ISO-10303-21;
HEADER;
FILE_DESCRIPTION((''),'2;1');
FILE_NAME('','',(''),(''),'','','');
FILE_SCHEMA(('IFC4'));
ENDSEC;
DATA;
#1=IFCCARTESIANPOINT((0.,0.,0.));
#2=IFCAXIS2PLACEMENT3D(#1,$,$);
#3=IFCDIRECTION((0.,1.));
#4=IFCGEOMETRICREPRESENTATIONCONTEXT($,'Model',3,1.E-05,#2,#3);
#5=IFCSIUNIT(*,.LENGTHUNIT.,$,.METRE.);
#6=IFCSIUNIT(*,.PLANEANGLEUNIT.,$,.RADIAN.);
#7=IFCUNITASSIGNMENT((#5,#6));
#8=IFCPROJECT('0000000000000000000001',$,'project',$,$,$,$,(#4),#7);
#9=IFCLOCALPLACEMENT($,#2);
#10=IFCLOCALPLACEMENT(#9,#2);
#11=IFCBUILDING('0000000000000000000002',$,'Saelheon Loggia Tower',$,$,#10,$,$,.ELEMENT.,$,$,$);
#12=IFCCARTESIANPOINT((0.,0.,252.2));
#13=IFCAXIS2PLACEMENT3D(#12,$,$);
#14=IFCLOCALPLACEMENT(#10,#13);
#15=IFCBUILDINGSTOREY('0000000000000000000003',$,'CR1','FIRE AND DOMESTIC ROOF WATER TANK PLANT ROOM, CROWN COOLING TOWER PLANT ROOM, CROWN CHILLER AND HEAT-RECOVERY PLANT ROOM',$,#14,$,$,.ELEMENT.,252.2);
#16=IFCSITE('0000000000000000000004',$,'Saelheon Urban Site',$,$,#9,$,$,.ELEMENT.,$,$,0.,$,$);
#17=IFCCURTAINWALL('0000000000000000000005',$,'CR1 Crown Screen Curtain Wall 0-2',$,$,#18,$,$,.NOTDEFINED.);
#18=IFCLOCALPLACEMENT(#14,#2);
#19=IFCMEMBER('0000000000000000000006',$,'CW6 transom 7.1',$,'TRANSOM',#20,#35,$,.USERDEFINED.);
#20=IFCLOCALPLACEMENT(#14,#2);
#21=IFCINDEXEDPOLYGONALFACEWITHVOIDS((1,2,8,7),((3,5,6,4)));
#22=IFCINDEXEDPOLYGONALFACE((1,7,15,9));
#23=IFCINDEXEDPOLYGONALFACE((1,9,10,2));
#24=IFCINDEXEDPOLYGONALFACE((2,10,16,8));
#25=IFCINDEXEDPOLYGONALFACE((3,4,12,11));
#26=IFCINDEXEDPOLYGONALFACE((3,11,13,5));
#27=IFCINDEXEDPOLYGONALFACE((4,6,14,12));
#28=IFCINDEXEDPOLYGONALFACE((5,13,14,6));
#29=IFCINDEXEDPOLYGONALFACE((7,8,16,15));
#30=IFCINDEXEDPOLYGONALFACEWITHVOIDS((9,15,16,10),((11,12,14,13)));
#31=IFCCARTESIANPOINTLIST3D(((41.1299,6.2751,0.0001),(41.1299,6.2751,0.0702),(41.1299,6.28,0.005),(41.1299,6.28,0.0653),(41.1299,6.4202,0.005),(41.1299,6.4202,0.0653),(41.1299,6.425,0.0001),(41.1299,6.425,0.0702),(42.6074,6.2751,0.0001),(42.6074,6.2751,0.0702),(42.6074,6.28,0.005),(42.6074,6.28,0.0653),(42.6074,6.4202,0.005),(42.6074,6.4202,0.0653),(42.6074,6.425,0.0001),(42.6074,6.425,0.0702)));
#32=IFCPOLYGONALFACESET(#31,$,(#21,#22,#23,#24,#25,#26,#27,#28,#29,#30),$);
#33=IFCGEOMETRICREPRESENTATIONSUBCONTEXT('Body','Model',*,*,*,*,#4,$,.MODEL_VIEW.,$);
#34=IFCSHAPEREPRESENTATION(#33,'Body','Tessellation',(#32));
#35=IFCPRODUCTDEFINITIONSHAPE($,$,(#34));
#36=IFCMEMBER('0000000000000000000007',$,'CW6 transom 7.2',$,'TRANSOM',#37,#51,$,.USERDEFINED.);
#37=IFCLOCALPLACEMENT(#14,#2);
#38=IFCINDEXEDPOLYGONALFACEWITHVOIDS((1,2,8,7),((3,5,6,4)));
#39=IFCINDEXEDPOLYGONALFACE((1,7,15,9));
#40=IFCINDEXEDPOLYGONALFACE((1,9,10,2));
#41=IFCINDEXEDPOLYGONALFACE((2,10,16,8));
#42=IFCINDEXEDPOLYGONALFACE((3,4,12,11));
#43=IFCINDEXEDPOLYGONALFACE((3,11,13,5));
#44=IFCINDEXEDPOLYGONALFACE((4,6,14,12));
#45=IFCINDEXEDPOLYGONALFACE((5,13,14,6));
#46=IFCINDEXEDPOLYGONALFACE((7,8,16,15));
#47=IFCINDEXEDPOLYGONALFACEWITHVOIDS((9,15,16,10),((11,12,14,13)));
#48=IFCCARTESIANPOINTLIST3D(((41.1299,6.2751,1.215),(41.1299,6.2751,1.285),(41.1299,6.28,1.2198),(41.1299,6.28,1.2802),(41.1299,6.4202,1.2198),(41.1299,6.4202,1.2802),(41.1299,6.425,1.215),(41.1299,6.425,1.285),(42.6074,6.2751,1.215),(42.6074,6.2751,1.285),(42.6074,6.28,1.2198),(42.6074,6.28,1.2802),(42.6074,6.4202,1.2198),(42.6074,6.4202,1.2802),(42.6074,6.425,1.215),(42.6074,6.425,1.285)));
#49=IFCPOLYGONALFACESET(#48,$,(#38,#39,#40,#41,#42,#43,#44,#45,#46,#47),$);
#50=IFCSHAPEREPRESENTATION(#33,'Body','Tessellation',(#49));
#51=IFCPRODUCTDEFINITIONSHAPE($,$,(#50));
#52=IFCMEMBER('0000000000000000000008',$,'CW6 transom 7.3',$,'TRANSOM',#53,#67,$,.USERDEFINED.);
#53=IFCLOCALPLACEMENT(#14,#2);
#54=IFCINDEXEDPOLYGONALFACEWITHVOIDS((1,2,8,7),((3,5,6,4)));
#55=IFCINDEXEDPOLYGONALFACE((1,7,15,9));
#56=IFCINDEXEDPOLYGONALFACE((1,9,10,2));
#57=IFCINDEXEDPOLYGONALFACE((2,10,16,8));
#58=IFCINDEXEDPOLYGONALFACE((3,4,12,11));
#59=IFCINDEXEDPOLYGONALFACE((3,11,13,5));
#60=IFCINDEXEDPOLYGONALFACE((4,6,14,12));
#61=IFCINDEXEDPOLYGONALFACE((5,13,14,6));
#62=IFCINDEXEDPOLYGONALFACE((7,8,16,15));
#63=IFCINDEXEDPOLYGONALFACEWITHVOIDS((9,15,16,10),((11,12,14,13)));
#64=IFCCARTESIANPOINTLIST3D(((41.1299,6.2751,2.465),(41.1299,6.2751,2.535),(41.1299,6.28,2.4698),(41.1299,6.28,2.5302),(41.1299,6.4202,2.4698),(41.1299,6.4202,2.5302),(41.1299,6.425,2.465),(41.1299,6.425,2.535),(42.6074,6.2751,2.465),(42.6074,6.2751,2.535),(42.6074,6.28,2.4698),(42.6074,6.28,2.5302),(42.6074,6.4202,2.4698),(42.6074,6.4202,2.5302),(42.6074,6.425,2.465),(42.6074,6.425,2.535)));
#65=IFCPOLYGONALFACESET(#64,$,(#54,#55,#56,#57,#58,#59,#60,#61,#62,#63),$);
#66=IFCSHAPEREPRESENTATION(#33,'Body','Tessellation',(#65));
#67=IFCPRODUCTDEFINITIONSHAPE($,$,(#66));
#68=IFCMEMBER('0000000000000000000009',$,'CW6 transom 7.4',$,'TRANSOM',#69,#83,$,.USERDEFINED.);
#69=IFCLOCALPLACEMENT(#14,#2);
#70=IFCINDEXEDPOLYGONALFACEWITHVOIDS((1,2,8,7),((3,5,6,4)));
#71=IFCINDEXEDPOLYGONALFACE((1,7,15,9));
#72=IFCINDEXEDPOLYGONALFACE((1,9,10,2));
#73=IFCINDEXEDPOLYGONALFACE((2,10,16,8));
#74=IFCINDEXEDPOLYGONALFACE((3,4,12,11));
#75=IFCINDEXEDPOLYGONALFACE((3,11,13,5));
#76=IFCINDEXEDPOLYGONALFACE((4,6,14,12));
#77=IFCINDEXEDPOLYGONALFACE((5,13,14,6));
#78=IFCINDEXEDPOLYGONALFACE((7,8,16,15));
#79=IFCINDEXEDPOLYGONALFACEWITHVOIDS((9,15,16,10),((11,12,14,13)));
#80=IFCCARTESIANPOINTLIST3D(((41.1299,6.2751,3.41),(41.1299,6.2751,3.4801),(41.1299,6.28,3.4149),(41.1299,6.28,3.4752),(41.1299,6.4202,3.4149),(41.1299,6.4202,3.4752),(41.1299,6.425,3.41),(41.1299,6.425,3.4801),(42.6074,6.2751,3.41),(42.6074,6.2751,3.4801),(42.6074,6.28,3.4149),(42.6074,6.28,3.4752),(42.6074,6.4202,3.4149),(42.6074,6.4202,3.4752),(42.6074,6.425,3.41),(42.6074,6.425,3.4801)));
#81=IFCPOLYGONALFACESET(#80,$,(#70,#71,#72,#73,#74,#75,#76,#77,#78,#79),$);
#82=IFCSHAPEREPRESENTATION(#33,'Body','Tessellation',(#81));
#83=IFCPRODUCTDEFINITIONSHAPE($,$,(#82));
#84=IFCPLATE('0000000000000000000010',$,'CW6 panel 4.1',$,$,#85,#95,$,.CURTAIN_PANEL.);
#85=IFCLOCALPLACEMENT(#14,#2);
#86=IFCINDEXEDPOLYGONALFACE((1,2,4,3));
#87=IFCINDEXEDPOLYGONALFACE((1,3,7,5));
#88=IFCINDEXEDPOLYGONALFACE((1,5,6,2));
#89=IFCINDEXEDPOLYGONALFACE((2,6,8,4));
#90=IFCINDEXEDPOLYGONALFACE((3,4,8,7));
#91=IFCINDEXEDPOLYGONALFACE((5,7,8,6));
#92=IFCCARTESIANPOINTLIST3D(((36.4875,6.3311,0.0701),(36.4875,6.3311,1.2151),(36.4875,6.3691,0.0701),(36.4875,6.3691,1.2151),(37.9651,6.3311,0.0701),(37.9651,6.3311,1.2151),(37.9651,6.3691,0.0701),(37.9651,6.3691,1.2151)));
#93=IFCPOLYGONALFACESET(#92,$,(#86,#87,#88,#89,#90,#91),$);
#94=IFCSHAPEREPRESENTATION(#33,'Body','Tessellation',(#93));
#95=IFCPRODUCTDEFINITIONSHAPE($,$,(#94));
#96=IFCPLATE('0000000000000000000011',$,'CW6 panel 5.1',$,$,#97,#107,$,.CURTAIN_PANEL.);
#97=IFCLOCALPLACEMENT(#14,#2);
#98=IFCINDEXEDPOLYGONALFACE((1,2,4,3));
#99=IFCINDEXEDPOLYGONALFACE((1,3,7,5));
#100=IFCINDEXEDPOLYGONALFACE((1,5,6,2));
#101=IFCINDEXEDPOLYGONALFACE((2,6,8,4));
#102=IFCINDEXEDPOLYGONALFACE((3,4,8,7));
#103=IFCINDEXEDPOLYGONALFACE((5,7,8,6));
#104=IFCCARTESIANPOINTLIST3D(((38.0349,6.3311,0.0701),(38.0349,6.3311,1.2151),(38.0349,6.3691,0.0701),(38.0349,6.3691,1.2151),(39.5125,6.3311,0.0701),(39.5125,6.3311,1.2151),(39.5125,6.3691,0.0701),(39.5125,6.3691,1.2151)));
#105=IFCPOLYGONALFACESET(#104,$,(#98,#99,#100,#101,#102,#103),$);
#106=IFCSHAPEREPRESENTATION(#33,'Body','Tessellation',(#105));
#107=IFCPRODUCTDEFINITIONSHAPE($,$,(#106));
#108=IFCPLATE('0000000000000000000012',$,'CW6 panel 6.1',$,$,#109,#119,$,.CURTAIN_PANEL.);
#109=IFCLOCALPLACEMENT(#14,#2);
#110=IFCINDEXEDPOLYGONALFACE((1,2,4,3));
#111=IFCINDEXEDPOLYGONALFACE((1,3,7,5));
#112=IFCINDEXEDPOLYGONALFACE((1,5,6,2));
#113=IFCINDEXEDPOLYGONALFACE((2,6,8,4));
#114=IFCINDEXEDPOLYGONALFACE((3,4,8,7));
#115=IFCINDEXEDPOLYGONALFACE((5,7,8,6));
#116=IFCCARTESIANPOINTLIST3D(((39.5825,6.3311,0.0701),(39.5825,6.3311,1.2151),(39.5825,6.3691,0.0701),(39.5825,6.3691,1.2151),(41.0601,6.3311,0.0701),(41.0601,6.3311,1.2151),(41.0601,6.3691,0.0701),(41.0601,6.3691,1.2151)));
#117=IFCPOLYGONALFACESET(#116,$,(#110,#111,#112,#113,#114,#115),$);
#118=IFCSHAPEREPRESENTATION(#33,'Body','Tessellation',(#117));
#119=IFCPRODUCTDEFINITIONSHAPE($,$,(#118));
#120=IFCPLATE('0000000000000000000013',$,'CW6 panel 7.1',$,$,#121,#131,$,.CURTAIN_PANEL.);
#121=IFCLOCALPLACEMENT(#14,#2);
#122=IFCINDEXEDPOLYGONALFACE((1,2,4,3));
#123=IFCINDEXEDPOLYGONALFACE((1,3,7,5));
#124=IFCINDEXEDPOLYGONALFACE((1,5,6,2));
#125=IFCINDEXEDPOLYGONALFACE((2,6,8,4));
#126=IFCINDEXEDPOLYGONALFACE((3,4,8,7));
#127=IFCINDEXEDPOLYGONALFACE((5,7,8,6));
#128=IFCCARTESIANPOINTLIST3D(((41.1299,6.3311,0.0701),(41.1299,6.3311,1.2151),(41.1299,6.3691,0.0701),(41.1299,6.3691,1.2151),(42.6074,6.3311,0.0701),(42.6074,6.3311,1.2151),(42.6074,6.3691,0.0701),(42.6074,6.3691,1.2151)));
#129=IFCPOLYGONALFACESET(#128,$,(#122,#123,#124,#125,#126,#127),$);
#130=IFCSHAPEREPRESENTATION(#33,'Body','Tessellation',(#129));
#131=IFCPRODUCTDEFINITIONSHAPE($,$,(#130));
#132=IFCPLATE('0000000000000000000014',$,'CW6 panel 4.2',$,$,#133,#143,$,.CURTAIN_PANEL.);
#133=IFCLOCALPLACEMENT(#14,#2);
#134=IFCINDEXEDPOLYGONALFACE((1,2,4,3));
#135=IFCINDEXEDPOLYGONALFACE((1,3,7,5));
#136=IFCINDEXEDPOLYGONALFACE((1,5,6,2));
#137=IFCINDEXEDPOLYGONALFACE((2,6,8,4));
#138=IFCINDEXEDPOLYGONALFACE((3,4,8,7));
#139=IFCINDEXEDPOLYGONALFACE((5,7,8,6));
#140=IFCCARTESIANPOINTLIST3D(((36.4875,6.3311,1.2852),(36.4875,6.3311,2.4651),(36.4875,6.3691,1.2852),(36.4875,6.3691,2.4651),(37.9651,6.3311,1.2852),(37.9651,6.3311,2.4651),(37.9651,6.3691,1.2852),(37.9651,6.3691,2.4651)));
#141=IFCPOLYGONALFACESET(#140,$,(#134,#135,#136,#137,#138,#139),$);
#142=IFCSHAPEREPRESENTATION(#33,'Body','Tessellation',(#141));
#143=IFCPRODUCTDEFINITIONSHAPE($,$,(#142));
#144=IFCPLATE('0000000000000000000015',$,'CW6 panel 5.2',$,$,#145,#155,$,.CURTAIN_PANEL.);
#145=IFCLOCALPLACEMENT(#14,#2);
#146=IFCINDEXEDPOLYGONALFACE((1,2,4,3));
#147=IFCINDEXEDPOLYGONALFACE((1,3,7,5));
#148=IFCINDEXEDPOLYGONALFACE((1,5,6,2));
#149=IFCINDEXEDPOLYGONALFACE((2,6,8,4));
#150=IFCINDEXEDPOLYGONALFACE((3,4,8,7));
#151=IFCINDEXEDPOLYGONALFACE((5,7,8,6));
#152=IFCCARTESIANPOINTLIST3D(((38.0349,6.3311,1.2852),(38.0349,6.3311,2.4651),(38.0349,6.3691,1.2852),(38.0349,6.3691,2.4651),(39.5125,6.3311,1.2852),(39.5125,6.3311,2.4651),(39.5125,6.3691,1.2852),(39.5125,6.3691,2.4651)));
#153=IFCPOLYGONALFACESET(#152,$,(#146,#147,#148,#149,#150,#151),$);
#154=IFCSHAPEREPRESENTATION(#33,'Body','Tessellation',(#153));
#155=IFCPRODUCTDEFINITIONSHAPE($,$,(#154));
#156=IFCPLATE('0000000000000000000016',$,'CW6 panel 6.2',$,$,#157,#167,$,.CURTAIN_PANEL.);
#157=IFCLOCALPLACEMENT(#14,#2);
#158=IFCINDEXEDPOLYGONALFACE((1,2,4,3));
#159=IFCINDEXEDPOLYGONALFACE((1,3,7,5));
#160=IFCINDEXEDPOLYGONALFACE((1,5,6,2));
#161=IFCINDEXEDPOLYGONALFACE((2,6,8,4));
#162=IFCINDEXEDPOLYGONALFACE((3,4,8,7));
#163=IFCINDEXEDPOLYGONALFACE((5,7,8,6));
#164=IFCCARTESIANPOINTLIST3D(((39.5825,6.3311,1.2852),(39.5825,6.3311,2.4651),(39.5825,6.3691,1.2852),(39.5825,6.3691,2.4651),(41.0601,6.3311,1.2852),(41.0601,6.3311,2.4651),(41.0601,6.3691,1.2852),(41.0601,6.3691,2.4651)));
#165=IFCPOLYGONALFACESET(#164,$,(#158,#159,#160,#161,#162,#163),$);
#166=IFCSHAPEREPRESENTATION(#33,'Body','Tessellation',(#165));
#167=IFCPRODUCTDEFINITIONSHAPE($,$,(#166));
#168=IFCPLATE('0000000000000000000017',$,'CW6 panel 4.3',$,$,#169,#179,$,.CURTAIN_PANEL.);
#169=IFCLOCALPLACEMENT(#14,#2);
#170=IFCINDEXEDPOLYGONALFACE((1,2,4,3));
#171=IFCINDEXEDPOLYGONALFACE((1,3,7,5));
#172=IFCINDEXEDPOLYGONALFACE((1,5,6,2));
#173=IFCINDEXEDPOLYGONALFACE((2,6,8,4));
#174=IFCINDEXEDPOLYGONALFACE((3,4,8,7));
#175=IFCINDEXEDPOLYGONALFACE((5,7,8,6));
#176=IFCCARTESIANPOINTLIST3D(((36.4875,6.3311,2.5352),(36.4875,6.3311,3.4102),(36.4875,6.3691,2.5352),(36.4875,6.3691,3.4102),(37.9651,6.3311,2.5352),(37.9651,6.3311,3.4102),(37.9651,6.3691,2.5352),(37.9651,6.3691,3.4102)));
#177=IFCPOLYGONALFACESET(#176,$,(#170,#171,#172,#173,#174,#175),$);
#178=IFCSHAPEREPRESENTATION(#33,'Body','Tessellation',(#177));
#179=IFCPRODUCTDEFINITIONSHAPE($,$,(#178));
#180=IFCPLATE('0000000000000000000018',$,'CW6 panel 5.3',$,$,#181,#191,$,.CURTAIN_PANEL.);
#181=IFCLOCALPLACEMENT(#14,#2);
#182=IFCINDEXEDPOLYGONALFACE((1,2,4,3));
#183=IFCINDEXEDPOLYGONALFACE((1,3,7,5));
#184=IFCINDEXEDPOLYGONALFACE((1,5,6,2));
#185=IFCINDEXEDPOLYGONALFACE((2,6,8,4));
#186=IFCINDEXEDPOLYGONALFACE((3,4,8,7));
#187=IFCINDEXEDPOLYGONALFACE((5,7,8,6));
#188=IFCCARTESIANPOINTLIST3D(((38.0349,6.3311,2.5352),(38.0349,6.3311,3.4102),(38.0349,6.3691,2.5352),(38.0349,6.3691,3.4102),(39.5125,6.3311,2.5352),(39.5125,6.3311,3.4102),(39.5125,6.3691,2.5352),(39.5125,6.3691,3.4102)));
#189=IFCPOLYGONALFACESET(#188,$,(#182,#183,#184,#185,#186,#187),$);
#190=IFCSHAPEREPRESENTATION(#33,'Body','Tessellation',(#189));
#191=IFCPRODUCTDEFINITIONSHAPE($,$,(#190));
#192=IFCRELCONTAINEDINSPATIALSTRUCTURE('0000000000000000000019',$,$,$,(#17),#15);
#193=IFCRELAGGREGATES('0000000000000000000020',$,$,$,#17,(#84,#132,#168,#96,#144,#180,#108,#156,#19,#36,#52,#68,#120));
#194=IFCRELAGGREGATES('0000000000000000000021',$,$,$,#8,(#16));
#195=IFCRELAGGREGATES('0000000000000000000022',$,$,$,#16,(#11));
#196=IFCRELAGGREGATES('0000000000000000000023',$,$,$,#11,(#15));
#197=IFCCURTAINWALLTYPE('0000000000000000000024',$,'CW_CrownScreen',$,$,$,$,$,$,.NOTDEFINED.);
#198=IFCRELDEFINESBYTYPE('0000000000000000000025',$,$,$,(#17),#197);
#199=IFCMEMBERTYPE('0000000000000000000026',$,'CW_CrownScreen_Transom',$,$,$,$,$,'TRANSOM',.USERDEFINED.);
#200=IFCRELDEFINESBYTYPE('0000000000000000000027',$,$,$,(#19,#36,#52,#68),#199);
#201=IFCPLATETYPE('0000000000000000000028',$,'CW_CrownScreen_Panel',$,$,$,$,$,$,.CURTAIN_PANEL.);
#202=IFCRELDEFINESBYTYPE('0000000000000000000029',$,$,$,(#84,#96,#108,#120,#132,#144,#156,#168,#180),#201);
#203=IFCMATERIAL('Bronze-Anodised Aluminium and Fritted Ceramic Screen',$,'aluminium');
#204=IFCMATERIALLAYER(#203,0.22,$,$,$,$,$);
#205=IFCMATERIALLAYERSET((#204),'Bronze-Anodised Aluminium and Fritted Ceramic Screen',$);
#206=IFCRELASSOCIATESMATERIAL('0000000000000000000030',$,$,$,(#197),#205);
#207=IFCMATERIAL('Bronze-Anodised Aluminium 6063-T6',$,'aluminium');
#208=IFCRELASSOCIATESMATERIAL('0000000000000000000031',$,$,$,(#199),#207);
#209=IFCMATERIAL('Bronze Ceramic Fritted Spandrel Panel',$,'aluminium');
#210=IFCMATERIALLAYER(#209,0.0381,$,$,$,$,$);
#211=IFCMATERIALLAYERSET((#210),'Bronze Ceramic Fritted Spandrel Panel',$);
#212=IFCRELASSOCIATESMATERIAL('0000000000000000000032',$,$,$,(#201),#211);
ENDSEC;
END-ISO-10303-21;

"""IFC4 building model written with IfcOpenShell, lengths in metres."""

from ifc_helpers import new_model, si_unit, direction, frame, origin, origin_2d, place, context, subcontext, project, spatial, rectangle, hollow_rectangle, extrude, source, transform, mapped, material, layer, layer_set, material_profile, profile_set, type_object, element, aggregate, save


model = new_model("IFC4")

# Units and contexts
model_context = context("Model", 3, precision=1e-05, world=origin(), true_north=direction((0.0, 1.0)))
body_context = subcontext(model_context, "Body", "Model", "MODEL_VIEW")
ifc_project = project(units=[si_unit("LENGTHUNIT", "METRE"), si_unit("PLANEANGLEUNIT", "RADIAN")], contexts=[model_context])

# Site, building, storey
site_placement = place(None, origin())
site = spatial("IfcSite", under=ifc_project, at=site_placement, Name="Saelheon Urban Site", CompositionType="ELEMENT", RefElevation=0.0)
building_placement = place(site_placement, origin())
building = spatial("IfcBuilding", under=site, at=building_placement, Name="Saelheon Loggia Tower", CompositionType="ELEMENT")
storey_placement = place(building_placement, frame((0.0, 0.0, 252.2)))
storey = spatial("IfcBuildingStorey", under=building, at=storey_placement, Name="CR1", Description="FIRE AND DOMESTIC ROOF WATER TANK PLANT ROOM, CROWN COOLING TOWER PLANT ROOM, CROWN CHILLER AND HEAT-RECOVERY PLANT ROOM", CompositionType="ELEMENT", Elevation=252.2)

# Curtain wall, members, plates
ifc_material_1 = material(Name="Bronze-Anodised Aluminium and Fritted Ceramic Screen", Category="aluminium")
ifc_layer_1 = layer(ifc_material_1, 0.22)
ifc_layer_set_1 = layer_set([ifc_layer_1], Name="Bronze-Anodised Aluminium and Fritted Ceramic Screen")
curtain_wall_type = type_object("IfcCurtainWallType", Name="CW_CrownScreen", PredefinedType="NOTDEFINED", material=ifc_layer_set_1)
curtain_wall_placement = place(storey_placement, origin())
curtain_wall = element("IfcCurtainWall", 1, at=curtain_wall_placement, inside=storey, type_object=curtain_wall_type, Name="CR1 Crown Screen Curtain Wall 0-2", PredefinedType="NOTDEFINED")
ifc_material_2 = material(Name="Bronze-Anodised Aluminium 6063-T6", Category="aluminium")
ifc_material_profile_1 = material_profile(ifc_material_2, hollow_rectangle(XDim=0.0701, YDim=0.1499, WallThickness=0.0049, at=origin_2d()), Name="RHS-150x70x5")
ifc_profile_set_1 = profile_set([ifc_material_profile_1], Name="Bronze-Anodised Aluminium 6063-T6")
member_type_1 = type_object("IfcMemberType", Name="CW_CrownScreen_Transom", ElementType="TRANSOM", PredefinedType="USERDEFINED", material=ifc_profile_set_1)
shared_shape_1 = source(origin(), body_context, "Body", "SweptSolid", [
    extrude(hollow_rectangle(XDim=0.0701, YDim=0.1499, WallThickness=0.0049, at=origin_2d()), origin(), (0.0, 0.0, 1.0), 1.4775),
])
member_1_placement = place(storey_placement, frame((41.1299, 6.3501, 0.0352), z_axis=(1.0, 0.0, 0.0), x_axis=(0.0, 0.0, 1.0)))
member_1 = element("IfcMember", 2, at=member_1_placement, type_object=member_type_1, Name="CW6 transom 7.1", ObjectType="TRANSOM", PredefinedType="USERDEFINED", context=body_context, shape_type="MappedRepresentation", body=[
    mapped(shared_shape_1, transform((0.0, 0.0, 0.0), scale=1.0)),
])
member_2_placement = place(storey_placement, frame((41.1299, 6.3501, 1.25), z_axis=(1.0, 0.0, 0.0), x_axis=(0.0, 0.0, 1.0)))
member_2 = element("IfcMember", 3, at=member_2_placement, type_object=member_type_1, Name="CW6 transom 7.2", ObjectType="TRANSOM", PredefinedType="USERDEFINED", context=body_context, shape_type="MappedRepresentation", body=[
    mapped(shared_shape_1, transform((0.0, 0.0, 0.0), scale=1.0)),
])
member_3_placement = place(storey_placement, frame((41.1299, 6.3501, 2.5), z_axis=(1.0, 0.0, 0.0), x_axis=(0.0, 0.0, 1.0)))
member_3 = element("IfcMember", 4, at=member_3_placement, type_object=member_type_1, Name="CW6 transom 7.3", ObjectType="TRANSOM", PredefinedType="USERDEFINED", context=body_context, shape_type="MappedRepresentation", body=[
    mapped(shared_shape_1, transform((0.0, 0.0, 0.0), scale=1.0)),
])
member_4_placement = place(storey_placement, frame((41.1299, 6.3501, 3.4451), z_axis=(1.0, 0.0, 0.0), x_axis=(0.0, 0.0, 1.0)))
member_4 = element("IfcMember", 5, at=member_4_placement, type_object=member_type_1, Name="CW6 transom 7.4", ObjectType="TRANSOM", PredefinedType="USERDEFINED", context=body_context, shape_type="MappedRepresentation", body=[
    mapped(shared_shape_1, transform((0.0, 0.0, 0.0), scale=1.0)),
])
ifc_material_3 = material(Name="Bronze Ceramic Fritted Spandrel Panel", Category="aluminium")
ifc_layer_2 = layer(ifc_material_3, 0.0381)
ifc_layer_set_2 = layer_set([ifc_layer_2], Name="Bronze Ceramic Fritted Spandrel Panel")
plate_type = type_object("IfcPlateType", Name="CW_CrownScreen_Panel", PredefinedType="CURTAIN_PANEL", material=ifc_layer_set_2)
shared_shape_2 = source(origin(), body_context, "Body", "SweptSolid", [
    extrude(rectangle(XDim=1.4775, YDim=0.0381, at=origin_2d()), origin(), (0.0, 0.0, 1.0), 1.145),
])
plate_1_placement = place(storey_placement, frame((37.2263, 6.3501, 0.0701), z_axis=(0.0, 0.0, 1.0), x_axis=(1.0, 0.0, 0.0)))
plate_1 = element("IfcPlate", 6, at=plate_1_placement, type_object=plate_type, Name="CW6 panel 4.1", PredefinedType="CURTAIN_PANEL", context=body_context, shape_type="MappedRepresentation", body=[
    mapped(shared_shape_2, transform((0.0, 0.0, 0.0), scale=1.0)),
])
plate_2_placement = place(storey_placement, frame((38.7737, 6.3501, 0.0701), z_axis=(0.0, 0.0, 1.0), x_axis=(1.0, 0.0, 0.0)))
plate_2 = element("IfcPlate", 7, at=plate_2_placement, type_object=plate_type, Name="CW6 panel 5.1", PredefinedType="CURTAIN_PANEL", context=body_context, shape_type="MappedRepresentation", body=[
    mapped(shared_shape_2, transform((0.0, 0.0, 0.0), scale=1.0)),
])
plate_3_placement = place(storey_placement, frame((40.3213, 6.3501, 0.0701), z_axis=(0.0, 0.0, 1.0), x_axis=(1.0, 0.0, 0.0)))
plate_3 = element("IfcPlate", 8, at=plate_3_placement, type_object=plate_type, Name="CW6 panel 6.1", PredefinedType="CURTAIN_PANEL", context=body_context, shape_type="MappedRepresentation", body=[
    mapped(shared_shape_2, transform((0.0, 0.0, 0.0), scale=1.0)),
])
plate_4_placement = place(storey_placement, frame((41.8687, 6.3501, 0.0701), z_axis=(0.0, 0.0, 1.0), x_axis=(1.0, 0.0, 0.0)))
plate_4 = element("IfcPlate", 9, at=plate_4_placement, type_object=plate_type, Name="CW6 panel 7.1", PredefinedType="CURTAIN_PANEL", context=body_context, shape_type="MappedRepresentation", body=[
    mapped(shared_shape_2, transform((0.0, 0.0, 0.0), scale=1.0)),
])
shared_shape_3 = source(origin(), body_context, "Body", "SweptSolid", [
    extrude(rectangle(XDim=1.4775, YDim=0.0381, at=origin_2d()), origin(), (0.0, 0.0, 1.0), 1.1799),
])
plate_5_placement = place(storey_placement, frame((37.2263, 6.3501, 1.2852), z_axis=(0.0, 0.0, 1.0), x_axis=(1.0, 0.0, 0.0)))
plate_5 = element("IfcPlate", 10, at=plate_5_placement, type_object=plate_type, Name="CW6 panel 4.2", PredefinedType="CURTAIN_PANEL", context=body_context, shape_type="MappedRepresentation", body=[
    mapped(shared_shape_3, transform((0.0, 0.0, 0.0), scale=1.0)),
])
plate_6_placement = place(storey_placement, frame((38.7737, 6.3501, 1.2852), z_axis=(0.0, 0.0, 1.0), x_axis=(1.0, 0.0, 0.0)))
plate_6 = element("IfcPlate", 11, at=plate_6_placement, type_object=plate_type, Name="CW6 panel 5.2", PredefinedType="CURTAIN_PANEL", context=body_context, shape_type="MappedRepresentation", body=[
    mapped(shared_shape_3, transform((0.0, 0.0, 0.0), scale=1.0)),
])
plate_7_placement = place(storey_placement, frame((40.3213, 6.3501, 1.2852), z_axis=(0.0, 0.0, 1.0), x_axis=(1.0, 0.0, 0.0)))
plate_7 = element("IfcPlate", 12, at=plate_7_placement, type_object=plate_type, Name="CW6 panel 6.2", PredefinedType="CURTAIN_PANEL", context=body_context, shape_type="MappedRepresentation", body=[
    mapped(shared_shape_3, transform((0.0, 0.0, 0.0), scale=1.0)),
])
shared_shape_4 = source(origin(), body_context, "Body", "SweptSolid", [
    extrude(rectangle(XDim=1.4775, YDim=0.0381, at=origin_2d()), origin(), (0.0, 0.0, 1.0), 0.875),
])
plate_8_placement = place(storey_placement, frame((37.2263, 6.3501, 2.5352), z_axis=(0.0, 0.0, 1.0), x_axis=(1.0, 0.0, 0.0)))
plate_8 = element("IfcPlate", 13, at=plate_8_placement, type_object=plate_type, Name="CW6 panel 4.3", PredefinedType="CURTAIN_PANEL", context=body_context, shape_type="MappedRepresentation", body=[
    mapped(shared_shape_4, transform((0.0, 0.0, 0.0), scale=1.0)),
])
plate_9_placement = place(storey_placement, frame((38.7737, 6.3501, 2.5352), z_axis=(0.0, 0.0, 1.0), x_axis=(1.0, 0.0, 0.0)))
plate_9 = element("IfcPlate", 14, at=plate_9_placement, type_object=plate_type, Name="CW6 panel 5.3", PredefinedType="CURTAIN_PANEL", context=body_context, shape_type="MappedRepresentation", body=[
    mapped(shared_shape_4, transform((0.0, 0.0, 0.0), scale=1.0)),
])
aggregate(curtain_wall, [plate_1, plate_5, plate_8, plate_2, plate_6, plate_9, plate_3, plate_7, member_1, member_2, member_3, member_4, plate_4])

save(model, "model.ifc")
